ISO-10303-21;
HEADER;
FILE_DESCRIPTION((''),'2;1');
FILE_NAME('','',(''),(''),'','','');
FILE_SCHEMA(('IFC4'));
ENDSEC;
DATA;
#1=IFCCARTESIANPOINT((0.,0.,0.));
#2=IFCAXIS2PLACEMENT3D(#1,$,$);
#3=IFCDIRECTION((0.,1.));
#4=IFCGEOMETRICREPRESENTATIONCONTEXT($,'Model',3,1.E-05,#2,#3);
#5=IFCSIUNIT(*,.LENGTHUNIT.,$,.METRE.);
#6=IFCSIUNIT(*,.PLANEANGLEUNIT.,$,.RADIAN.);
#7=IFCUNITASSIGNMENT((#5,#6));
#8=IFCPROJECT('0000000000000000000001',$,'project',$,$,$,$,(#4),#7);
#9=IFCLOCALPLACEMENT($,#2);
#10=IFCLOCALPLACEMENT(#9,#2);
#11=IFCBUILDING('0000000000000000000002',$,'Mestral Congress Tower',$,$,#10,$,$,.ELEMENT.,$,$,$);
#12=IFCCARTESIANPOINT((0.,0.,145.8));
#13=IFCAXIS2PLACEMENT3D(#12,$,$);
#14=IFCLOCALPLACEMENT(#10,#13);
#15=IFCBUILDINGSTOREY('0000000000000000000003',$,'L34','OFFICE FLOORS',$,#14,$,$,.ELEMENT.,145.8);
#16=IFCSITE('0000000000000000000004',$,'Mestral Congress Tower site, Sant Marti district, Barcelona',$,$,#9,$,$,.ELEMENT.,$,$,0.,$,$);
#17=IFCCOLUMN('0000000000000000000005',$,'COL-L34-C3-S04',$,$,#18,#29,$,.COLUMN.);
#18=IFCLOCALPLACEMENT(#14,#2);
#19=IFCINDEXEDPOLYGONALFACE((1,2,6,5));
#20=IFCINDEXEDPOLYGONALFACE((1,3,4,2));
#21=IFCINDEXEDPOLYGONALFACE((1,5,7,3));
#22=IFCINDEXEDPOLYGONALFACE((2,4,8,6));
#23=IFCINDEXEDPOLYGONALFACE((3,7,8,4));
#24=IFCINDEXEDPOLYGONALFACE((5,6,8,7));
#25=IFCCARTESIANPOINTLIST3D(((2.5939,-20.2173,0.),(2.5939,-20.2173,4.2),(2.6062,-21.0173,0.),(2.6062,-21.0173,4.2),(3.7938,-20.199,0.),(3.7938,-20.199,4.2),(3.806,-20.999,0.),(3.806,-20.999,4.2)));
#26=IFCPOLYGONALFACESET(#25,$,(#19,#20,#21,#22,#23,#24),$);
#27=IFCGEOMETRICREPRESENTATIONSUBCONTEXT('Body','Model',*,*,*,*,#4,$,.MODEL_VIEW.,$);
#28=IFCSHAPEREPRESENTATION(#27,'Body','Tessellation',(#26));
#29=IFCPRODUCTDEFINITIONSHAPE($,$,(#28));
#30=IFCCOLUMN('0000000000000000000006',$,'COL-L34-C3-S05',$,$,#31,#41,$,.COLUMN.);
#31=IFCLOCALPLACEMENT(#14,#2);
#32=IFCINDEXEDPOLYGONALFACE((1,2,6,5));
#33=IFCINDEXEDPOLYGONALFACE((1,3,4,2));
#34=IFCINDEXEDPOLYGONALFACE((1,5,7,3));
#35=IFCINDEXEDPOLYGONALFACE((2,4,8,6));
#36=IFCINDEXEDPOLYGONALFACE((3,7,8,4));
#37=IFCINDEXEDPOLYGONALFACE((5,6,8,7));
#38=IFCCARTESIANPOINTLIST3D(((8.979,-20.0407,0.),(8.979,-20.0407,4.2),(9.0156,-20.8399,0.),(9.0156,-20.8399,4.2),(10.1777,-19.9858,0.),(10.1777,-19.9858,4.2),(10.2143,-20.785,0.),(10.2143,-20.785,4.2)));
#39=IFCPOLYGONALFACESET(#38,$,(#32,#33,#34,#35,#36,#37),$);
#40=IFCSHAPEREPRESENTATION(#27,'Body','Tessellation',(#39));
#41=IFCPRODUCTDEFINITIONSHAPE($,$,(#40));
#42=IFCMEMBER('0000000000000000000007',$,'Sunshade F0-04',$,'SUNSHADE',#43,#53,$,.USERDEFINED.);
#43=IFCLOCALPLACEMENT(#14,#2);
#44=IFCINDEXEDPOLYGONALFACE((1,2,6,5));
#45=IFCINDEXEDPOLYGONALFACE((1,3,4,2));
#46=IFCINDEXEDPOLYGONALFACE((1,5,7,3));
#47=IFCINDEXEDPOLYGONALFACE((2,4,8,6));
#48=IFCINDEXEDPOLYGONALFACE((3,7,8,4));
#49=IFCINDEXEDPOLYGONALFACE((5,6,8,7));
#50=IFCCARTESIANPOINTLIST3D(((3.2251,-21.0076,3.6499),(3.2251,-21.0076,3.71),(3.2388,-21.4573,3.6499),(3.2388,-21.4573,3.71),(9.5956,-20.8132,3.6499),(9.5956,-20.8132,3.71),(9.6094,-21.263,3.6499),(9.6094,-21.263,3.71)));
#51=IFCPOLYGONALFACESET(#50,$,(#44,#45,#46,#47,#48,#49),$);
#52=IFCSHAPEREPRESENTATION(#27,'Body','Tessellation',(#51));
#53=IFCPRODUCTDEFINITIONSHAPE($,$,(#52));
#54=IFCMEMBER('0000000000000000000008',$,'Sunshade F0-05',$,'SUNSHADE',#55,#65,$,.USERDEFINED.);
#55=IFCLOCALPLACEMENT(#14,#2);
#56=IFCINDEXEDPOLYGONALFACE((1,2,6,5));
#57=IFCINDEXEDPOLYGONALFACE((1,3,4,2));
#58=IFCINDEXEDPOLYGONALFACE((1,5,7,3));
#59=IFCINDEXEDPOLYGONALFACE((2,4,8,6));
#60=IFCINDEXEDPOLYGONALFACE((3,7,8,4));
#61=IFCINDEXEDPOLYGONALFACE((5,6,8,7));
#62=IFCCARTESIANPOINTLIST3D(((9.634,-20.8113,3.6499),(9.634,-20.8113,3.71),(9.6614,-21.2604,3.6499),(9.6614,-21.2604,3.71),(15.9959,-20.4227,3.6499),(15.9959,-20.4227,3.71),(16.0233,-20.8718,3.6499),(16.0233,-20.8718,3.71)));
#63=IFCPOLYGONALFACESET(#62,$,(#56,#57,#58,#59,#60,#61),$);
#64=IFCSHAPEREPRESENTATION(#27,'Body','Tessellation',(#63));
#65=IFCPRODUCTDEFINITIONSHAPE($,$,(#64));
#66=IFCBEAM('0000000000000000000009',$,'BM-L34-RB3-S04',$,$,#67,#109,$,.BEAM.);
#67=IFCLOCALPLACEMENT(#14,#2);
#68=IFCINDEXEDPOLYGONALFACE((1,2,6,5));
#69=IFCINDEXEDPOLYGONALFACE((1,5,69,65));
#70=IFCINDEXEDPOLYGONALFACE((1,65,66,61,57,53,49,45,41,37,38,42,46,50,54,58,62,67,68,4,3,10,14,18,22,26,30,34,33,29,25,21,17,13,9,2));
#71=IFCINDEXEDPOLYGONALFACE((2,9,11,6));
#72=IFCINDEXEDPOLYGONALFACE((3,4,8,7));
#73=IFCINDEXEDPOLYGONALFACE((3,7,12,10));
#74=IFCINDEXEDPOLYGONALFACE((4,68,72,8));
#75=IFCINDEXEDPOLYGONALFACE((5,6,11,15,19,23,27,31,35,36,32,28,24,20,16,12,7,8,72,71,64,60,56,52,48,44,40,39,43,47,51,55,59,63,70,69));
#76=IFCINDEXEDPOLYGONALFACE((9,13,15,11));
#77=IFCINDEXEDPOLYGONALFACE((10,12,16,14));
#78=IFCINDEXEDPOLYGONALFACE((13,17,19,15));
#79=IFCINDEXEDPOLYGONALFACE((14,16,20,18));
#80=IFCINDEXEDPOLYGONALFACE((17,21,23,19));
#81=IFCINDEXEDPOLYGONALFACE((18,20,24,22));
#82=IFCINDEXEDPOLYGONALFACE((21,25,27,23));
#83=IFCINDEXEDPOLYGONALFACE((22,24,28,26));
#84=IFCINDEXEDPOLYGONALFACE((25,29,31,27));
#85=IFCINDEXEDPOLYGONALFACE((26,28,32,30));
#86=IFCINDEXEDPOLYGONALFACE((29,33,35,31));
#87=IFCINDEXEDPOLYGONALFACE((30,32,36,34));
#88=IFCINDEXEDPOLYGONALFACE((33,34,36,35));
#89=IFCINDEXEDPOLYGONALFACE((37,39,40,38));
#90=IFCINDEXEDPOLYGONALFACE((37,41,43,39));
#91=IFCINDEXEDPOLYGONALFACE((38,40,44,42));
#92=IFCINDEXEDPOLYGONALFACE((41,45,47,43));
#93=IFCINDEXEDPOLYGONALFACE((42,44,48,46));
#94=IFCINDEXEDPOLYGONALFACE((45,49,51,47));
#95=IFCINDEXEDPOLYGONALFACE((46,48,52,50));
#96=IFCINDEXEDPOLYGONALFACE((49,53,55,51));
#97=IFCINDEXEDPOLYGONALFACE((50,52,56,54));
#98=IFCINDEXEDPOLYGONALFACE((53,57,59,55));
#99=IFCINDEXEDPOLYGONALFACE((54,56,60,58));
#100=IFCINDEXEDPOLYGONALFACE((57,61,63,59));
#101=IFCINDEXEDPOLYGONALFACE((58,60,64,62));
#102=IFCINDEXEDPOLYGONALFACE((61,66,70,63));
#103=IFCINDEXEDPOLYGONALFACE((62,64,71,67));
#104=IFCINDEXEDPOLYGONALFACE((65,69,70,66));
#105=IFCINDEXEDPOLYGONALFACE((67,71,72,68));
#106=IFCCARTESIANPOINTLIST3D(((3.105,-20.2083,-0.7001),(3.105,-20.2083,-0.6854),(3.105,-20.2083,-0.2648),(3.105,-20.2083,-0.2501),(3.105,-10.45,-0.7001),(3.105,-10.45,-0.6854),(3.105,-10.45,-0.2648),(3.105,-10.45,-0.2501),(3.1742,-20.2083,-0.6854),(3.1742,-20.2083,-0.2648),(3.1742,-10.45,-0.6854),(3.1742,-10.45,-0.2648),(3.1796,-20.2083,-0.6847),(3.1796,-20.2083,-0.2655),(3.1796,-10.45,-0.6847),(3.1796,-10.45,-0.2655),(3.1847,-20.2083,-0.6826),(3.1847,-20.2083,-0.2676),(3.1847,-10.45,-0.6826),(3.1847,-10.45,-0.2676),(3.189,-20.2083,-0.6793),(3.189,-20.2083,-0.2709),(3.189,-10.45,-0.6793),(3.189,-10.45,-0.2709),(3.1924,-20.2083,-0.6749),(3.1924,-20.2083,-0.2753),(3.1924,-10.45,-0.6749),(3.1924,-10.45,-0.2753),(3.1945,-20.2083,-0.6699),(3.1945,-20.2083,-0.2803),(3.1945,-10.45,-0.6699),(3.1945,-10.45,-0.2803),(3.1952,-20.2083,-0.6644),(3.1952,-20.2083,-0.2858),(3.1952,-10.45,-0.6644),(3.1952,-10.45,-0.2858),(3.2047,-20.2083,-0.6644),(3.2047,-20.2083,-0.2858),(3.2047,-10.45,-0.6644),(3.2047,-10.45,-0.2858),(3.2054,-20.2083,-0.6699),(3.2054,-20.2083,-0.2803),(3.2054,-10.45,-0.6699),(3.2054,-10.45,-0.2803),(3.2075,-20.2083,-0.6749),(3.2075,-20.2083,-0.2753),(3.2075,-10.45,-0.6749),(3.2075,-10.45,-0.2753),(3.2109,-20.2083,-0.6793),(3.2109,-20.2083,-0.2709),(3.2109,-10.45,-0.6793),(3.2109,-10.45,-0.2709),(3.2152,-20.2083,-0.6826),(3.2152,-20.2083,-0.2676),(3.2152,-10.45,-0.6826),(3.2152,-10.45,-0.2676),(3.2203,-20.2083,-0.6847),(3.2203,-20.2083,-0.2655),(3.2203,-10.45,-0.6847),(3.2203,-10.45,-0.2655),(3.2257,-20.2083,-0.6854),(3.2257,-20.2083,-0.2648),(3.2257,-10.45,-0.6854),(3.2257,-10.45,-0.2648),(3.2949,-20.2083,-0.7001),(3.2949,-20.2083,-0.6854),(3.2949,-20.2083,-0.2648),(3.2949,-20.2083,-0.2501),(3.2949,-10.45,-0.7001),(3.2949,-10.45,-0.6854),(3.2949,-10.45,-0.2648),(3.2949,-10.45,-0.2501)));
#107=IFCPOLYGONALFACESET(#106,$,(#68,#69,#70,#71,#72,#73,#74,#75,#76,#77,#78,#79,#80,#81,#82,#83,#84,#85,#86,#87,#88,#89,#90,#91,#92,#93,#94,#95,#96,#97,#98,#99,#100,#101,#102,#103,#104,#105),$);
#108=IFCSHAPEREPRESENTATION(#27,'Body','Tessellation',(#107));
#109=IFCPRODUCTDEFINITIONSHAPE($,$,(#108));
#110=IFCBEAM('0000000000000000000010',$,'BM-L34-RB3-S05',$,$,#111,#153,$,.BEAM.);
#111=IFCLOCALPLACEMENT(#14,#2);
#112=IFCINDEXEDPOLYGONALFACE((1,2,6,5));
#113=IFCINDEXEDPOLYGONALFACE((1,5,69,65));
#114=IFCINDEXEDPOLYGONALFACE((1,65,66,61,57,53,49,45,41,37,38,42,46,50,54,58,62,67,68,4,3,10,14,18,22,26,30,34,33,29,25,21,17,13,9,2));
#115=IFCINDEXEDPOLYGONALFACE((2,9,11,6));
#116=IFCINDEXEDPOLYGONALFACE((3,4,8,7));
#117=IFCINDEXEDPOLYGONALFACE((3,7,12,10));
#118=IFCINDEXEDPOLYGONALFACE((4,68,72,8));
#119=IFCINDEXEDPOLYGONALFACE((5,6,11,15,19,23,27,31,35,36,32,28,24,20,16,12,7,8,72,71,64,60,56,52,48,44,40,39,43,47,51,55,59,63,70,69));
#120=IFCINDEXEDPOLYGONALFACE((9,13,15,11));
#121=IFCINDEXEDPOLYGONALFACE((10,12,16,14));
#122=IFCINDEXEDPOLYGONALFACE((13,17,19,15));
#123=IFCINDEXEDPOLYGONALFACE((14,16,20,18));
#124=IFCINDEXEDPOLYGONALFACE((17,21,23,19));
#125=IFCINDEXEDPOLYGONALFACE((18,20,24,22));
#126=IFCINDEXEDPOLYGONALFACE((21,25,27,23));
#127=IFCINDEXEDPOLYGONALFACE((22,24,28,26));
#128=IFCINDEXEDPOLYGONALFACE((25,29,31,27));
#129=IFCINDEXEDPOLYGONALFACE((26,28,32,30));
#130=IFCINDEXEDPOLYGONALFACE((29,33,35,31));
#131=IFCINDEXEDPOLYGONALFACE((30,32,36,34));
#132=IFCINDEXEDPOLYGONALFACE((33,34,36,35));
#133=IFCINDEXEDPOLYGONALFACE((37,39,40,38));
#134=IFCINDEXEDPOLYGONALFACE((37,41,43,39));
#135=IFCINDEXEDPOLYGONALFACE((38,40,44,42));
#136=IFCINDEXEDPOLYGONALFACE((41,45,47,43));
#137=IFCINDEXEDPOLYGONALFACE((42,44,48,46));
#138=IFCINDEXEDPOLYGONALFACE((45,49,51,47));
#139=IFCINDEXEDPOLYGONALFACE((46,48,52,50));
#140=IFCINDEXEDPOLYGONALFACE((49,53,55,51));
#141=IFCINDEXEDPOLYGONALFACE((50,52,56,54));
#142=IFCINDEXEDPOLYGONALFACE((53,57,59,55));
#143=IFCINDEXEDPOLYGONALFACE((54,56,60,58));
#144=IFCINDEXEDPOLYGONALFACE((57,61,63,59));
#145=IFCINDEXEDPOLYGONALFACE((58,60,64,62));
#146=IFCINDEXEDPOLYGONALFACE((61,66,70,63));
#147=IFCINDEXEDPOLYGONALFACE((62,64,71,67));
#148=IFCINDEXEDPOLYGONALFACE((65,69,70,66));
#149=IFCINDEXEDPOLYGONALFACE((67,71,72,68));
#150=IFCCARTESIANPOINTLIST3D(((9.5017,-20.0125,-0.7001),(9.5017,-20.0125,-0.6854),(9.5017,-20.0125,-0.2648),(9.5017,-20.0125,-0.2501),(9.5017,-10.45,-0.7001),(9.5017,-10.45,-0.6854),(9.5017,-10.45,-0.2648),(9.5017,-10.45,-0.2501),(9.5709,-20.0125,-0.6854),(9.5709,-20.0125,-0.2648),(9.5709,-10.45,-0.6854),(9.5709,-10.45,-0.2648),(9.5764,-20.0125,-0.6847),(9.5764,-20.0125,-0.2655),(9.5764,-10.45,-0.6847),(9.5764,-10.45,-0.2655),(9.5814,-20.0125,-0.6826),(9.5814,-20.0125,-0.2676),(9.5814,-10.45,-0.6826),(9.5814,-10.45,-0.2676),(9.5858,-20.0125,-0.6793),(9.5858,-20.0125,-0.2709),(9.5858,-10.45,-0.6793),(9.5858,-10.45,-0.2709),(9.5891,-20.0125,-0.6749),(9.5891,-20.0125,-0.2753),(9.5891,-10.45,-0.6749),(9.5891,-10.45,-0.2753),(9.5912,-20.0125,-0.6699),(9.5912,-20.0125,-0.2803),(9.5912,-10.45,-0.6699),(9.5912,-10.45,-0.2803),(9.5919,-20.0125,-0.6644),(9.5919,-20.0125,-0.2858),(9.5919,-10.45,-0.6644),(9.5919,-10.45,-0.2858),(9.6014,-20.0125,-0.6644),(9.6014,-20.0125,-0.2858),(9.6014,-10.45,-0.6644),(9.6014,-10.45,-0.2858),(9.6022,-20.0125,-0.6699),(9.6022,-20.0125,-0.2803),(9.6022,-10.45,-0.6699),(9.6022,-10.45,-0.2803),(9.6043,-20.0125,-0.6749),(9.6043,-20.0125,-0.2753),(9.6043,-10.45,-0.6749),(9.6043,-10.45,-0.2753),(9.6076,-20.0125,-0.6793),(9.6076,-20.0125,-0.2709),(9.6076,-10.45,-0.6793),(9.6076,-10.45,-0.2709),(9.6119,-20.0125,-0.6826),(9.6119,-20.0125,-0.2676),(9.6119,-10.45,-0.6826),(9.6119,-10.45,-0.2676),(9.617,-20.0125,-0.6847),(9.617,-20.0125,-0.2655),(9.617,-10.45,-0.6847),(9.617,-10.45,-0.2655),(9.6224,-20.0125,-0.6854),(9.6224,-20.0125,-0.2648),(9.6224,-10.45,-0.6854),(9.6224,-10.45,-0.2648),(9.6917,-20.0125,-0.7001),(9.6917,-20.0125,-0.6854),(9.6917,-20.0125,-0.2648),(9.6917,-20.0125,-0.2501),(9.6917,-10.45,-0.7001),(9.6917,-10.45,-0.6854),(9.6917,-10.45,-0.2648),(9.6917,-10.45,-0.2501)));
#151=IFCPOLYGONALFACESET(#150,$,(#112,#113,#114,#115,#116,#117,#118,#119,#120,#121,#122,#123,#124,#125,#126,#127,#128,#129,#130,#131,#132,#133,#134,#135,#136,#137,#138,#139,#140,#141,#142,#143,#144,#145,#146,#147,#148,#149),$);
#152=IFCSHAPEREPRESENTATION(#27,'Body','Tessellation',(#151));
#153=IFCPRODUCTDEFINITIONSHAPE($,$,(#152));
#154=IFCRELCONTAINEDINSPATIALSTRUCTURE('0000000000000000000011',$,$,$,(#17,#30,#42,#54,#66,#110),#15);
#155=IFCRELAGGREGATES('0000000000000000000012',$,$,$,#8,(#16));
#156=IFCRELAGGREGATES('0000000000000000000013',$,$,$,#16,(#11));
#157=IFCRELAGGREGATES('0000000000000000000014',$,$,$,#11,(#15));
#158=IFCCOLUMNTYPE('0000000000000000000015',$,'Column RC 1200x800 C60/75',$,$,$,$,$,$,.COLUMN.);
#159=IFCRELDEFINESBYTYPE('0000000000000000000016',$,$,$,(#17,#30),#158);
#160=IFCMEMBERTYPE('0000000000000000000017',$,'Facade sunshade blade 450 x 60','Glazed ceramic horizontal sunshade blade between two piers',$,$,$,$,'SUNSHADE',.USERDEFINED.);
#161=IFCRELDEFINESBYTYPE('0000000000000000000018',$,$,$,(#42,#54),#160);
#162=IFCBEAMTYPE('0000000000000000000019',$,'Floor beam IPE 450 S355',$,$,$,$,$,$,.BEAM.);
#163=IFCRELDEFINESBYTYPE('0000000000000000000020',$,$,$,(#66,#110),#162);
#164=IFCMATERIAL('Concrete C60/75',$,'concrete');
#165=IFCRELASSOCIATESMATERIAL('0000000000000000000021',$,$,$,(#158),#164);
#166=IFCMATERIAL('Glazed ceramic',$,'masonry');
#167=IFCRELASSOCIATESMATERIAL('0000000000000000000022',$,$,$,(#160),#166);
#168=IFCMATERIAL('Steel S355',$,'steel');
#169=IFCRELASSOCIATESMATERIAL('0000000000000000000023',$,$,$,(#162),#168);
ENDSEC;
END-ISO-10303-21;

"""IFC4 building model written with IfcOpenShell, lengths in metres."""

from ifc_helpers import new_model, si_unit, direction, frame, origin, origin_2d, place, context, subcontext, project, spatial, rectangle, i_section, extrude, material, material_profile, profile_set, type_object, element, save


model = new_model("IFC4")

# Units and contexts
model_context = context("Model", 3, precision=1e-05, world=origin(), true_north=direction((0.0, 1.0)))
body_context = subcontext(model_context, "Body", "Model", "MODEL_VIEW")
ifc_project = project(units=[si_unit("LENGTHUNIT", "METRE"), si_unit("PLANEANGLEUNIT", "RADIAN")], contexts=[model_context])

# Site, building, storey
site_placement = place(None, origin())
site = spatial("IfcSite", under=ifc_project, at=site_placement, Name="Mestral Congress Tower site, Sant Marti district, Barcelona", CompositionType="ELEMENT", RefElevation=0.0)
building_placement = place(site_placement, origin())
building = spatial("IfcBuilding", under=site, at=building_placement, Name="Mestral Congress Tower", CompositionType="ELEMENT")
storey_placement = place(building_placement, frame((0.0, 0.0, 145.8)))
storey = spatial("IfcBuildingStorey", under=building, at=storey_placement, Name="L34", Description="OFFICE FLOORS", CompositionType="ELEMENT", Elevation=145.8)

# Columns
ifc_material_1 = material(Name="Concrete C60/75", Category="concrete")
ifc_material_profile_1 = material_profile(ifc_material_1, rectangle(XDim=1.2, YDim=0.8, at=origin_2d()), Name="RC 1200x800")
ifc_profile_set_1 = profile_set([ifc_material_profile_1], Name="Concrete C60/75")
column_type = type_object("IfcColumnType", Name="Column RC 1200x800 C60/75", PredefinedType="COLUMN", material=ifc_profile_set_1)
for number, where, z_axis, x_axis, name in (
    (1, (3.2, -20.6082, 0.0), (0.0, 0.0, 1.0), (0.999884, 0.015262, 0.0), "COL-L34-C3-S04"),
    (2, (9.5967, -20.4128, 0.0), (0.0, 0.0, 1.0), (0.998952, 0.045771, 0.0), "COL-L34-C3-S05"),
):
    element("IfcColumn", number, at=place(storey_placement, frame(where, z_axis=z_axis, x_axis=x_axis)), inside=storey, type_object=column_type, Name=name, PredefinedType="COLUMN", context=body_context, shape_type="SweptSolid", body=[
        extrude(rectangle(XDim=1.2, YDim=0.8, at=origin_2d()), origin(), (0.0, 0.0, 1.0), 4.2),
    ])

# Members
ifc_material_2 = material(Name="Glazed ceramic", Category="masonry")
ifc_material_profile_2 = material_profile(ifc_material_2, rectangle(XDim=0.45, YDim=0.0601, at=origin_2d()), Name="Ceramic blade 450 x 60")
ifc_profile_set_2 = profile_set([ifc_material_profile_2], Name="Glazed ceramic")
member_type = type_object("IfcMemberType", Name="Facade sunshade blade 450 x 60", Description="Glazed ceramic horizontal sunshade blade between two piers", ElementType="SUNSHADE", PredefinedType="USERDEFINED", material=ifc_profile_set_2)
member_1_placement = place(storey_placement, frame((3.2319, -21.2324, 3.6799), z_axis=(0.999535, 0.030491, 0.0), x_axis=(-0.030491, 0.999535, 0.0)))
element("IfcMember", 3, at=member_1_placement, inside=storey, type_object=member_type, Name="Sunshade F0-04", ObjectType="SUNSHADE", PredefinedType="USERDEFINED", context=body_context, shape_type="SweptSolid", body=[
    extrude(rectangle(XDim=0.45, YDim=0.0601, at=origin_2d()), origin(), (0.0, 0.0, 1.0), 6.3735),
])
member_2_placement = place(storey_placement, frame((9.6477, -21.0359, 3.6799), z_axis=(0.998139, 0.060981, 0.0), x_axis=(-0.060981, 0.998139, 0.0)))
element("IfcMember", 4, at=member_2_placement, inside=storey, type_object=member_type, Name="Sunshade F0-05", ObjectType="SUNSHADE", PredefinedType="USERDEFINED", context=body_context, shape_type="SweptSolid", body=[
    extrude(rectangle(XDim=0.45, YDim=0.0601, at=origin_2d()), origin(), (0.0, 0.0, 1.0), 6.3738),
])

# Beams
ifc_material_3 = material(Name="Steel S355", Category="steel")
ifc_material_profile_3 = material_profile(ifc_material_3, i_section(OverallWidth=0.1899, OverallDepth=0.45, WebThickness=0.0095, FlangeThickness=0.0146, FilletRadius=0.021, at=origin_2d()), Name="IPE 450")
ifc_profile_set_3 = profile_set([ifc_material_profile_3], Name="Steel S355")
beam_type_1 = type_object("IfcBeamType", Name="Floor beam IPE 450 S355", PredefinedType="BEAM", material=ifc_profile_set_3)
beam_1_placement = place(storey_placement, frame((3.2, -20.2083, -0.4751), z_axis=(0.0, 1.0, 0.0), x_axis=(-1.0, 0.0, 0.0)))
element("IfcBeam", 5, at=beam_1_placement, inside=storey, type_object=beam_type_1, Name="BM-L34-RB3-S04", PredefinedType="BEAM", context=body_context, shape_type="SweptSolid", body=[
    extrude(i_section(OverallWidth=0.1899, OverallDepth=0.45, WebThickness=0.0095, FlangeThickness=0.0146, FilletRadius=0.021, at=origin_2d()), origin(), (0.0, 0.0, 1.0), 9.7583),
])
beam_2_placement = place(storey_placement, frame((9.5967, -20.0125, -0.4751), z_axis=(0.0, 1.0, 0.0), x_axis=(-1.0, 0.0, 0.0)))
element("IfcBeam", 6, at=beam_2_placement, inside=storey, type_object=beam_type_1, Name="BM-L34-RB3-S05", PredefinedType="BEAM", context=body_context, shape_type="SweptSolid", body=[
    extrude(i_section(OverallWidth=0.1899, OverallDepth=0.45, WebThickness=0.0095, FlangeThickness=0.0146, FilletRadius=0.021, at=origin_2d()), origin(), (0.0, 0.0, 1.0), 9.5625),
])

save(model, "model.ifc")
